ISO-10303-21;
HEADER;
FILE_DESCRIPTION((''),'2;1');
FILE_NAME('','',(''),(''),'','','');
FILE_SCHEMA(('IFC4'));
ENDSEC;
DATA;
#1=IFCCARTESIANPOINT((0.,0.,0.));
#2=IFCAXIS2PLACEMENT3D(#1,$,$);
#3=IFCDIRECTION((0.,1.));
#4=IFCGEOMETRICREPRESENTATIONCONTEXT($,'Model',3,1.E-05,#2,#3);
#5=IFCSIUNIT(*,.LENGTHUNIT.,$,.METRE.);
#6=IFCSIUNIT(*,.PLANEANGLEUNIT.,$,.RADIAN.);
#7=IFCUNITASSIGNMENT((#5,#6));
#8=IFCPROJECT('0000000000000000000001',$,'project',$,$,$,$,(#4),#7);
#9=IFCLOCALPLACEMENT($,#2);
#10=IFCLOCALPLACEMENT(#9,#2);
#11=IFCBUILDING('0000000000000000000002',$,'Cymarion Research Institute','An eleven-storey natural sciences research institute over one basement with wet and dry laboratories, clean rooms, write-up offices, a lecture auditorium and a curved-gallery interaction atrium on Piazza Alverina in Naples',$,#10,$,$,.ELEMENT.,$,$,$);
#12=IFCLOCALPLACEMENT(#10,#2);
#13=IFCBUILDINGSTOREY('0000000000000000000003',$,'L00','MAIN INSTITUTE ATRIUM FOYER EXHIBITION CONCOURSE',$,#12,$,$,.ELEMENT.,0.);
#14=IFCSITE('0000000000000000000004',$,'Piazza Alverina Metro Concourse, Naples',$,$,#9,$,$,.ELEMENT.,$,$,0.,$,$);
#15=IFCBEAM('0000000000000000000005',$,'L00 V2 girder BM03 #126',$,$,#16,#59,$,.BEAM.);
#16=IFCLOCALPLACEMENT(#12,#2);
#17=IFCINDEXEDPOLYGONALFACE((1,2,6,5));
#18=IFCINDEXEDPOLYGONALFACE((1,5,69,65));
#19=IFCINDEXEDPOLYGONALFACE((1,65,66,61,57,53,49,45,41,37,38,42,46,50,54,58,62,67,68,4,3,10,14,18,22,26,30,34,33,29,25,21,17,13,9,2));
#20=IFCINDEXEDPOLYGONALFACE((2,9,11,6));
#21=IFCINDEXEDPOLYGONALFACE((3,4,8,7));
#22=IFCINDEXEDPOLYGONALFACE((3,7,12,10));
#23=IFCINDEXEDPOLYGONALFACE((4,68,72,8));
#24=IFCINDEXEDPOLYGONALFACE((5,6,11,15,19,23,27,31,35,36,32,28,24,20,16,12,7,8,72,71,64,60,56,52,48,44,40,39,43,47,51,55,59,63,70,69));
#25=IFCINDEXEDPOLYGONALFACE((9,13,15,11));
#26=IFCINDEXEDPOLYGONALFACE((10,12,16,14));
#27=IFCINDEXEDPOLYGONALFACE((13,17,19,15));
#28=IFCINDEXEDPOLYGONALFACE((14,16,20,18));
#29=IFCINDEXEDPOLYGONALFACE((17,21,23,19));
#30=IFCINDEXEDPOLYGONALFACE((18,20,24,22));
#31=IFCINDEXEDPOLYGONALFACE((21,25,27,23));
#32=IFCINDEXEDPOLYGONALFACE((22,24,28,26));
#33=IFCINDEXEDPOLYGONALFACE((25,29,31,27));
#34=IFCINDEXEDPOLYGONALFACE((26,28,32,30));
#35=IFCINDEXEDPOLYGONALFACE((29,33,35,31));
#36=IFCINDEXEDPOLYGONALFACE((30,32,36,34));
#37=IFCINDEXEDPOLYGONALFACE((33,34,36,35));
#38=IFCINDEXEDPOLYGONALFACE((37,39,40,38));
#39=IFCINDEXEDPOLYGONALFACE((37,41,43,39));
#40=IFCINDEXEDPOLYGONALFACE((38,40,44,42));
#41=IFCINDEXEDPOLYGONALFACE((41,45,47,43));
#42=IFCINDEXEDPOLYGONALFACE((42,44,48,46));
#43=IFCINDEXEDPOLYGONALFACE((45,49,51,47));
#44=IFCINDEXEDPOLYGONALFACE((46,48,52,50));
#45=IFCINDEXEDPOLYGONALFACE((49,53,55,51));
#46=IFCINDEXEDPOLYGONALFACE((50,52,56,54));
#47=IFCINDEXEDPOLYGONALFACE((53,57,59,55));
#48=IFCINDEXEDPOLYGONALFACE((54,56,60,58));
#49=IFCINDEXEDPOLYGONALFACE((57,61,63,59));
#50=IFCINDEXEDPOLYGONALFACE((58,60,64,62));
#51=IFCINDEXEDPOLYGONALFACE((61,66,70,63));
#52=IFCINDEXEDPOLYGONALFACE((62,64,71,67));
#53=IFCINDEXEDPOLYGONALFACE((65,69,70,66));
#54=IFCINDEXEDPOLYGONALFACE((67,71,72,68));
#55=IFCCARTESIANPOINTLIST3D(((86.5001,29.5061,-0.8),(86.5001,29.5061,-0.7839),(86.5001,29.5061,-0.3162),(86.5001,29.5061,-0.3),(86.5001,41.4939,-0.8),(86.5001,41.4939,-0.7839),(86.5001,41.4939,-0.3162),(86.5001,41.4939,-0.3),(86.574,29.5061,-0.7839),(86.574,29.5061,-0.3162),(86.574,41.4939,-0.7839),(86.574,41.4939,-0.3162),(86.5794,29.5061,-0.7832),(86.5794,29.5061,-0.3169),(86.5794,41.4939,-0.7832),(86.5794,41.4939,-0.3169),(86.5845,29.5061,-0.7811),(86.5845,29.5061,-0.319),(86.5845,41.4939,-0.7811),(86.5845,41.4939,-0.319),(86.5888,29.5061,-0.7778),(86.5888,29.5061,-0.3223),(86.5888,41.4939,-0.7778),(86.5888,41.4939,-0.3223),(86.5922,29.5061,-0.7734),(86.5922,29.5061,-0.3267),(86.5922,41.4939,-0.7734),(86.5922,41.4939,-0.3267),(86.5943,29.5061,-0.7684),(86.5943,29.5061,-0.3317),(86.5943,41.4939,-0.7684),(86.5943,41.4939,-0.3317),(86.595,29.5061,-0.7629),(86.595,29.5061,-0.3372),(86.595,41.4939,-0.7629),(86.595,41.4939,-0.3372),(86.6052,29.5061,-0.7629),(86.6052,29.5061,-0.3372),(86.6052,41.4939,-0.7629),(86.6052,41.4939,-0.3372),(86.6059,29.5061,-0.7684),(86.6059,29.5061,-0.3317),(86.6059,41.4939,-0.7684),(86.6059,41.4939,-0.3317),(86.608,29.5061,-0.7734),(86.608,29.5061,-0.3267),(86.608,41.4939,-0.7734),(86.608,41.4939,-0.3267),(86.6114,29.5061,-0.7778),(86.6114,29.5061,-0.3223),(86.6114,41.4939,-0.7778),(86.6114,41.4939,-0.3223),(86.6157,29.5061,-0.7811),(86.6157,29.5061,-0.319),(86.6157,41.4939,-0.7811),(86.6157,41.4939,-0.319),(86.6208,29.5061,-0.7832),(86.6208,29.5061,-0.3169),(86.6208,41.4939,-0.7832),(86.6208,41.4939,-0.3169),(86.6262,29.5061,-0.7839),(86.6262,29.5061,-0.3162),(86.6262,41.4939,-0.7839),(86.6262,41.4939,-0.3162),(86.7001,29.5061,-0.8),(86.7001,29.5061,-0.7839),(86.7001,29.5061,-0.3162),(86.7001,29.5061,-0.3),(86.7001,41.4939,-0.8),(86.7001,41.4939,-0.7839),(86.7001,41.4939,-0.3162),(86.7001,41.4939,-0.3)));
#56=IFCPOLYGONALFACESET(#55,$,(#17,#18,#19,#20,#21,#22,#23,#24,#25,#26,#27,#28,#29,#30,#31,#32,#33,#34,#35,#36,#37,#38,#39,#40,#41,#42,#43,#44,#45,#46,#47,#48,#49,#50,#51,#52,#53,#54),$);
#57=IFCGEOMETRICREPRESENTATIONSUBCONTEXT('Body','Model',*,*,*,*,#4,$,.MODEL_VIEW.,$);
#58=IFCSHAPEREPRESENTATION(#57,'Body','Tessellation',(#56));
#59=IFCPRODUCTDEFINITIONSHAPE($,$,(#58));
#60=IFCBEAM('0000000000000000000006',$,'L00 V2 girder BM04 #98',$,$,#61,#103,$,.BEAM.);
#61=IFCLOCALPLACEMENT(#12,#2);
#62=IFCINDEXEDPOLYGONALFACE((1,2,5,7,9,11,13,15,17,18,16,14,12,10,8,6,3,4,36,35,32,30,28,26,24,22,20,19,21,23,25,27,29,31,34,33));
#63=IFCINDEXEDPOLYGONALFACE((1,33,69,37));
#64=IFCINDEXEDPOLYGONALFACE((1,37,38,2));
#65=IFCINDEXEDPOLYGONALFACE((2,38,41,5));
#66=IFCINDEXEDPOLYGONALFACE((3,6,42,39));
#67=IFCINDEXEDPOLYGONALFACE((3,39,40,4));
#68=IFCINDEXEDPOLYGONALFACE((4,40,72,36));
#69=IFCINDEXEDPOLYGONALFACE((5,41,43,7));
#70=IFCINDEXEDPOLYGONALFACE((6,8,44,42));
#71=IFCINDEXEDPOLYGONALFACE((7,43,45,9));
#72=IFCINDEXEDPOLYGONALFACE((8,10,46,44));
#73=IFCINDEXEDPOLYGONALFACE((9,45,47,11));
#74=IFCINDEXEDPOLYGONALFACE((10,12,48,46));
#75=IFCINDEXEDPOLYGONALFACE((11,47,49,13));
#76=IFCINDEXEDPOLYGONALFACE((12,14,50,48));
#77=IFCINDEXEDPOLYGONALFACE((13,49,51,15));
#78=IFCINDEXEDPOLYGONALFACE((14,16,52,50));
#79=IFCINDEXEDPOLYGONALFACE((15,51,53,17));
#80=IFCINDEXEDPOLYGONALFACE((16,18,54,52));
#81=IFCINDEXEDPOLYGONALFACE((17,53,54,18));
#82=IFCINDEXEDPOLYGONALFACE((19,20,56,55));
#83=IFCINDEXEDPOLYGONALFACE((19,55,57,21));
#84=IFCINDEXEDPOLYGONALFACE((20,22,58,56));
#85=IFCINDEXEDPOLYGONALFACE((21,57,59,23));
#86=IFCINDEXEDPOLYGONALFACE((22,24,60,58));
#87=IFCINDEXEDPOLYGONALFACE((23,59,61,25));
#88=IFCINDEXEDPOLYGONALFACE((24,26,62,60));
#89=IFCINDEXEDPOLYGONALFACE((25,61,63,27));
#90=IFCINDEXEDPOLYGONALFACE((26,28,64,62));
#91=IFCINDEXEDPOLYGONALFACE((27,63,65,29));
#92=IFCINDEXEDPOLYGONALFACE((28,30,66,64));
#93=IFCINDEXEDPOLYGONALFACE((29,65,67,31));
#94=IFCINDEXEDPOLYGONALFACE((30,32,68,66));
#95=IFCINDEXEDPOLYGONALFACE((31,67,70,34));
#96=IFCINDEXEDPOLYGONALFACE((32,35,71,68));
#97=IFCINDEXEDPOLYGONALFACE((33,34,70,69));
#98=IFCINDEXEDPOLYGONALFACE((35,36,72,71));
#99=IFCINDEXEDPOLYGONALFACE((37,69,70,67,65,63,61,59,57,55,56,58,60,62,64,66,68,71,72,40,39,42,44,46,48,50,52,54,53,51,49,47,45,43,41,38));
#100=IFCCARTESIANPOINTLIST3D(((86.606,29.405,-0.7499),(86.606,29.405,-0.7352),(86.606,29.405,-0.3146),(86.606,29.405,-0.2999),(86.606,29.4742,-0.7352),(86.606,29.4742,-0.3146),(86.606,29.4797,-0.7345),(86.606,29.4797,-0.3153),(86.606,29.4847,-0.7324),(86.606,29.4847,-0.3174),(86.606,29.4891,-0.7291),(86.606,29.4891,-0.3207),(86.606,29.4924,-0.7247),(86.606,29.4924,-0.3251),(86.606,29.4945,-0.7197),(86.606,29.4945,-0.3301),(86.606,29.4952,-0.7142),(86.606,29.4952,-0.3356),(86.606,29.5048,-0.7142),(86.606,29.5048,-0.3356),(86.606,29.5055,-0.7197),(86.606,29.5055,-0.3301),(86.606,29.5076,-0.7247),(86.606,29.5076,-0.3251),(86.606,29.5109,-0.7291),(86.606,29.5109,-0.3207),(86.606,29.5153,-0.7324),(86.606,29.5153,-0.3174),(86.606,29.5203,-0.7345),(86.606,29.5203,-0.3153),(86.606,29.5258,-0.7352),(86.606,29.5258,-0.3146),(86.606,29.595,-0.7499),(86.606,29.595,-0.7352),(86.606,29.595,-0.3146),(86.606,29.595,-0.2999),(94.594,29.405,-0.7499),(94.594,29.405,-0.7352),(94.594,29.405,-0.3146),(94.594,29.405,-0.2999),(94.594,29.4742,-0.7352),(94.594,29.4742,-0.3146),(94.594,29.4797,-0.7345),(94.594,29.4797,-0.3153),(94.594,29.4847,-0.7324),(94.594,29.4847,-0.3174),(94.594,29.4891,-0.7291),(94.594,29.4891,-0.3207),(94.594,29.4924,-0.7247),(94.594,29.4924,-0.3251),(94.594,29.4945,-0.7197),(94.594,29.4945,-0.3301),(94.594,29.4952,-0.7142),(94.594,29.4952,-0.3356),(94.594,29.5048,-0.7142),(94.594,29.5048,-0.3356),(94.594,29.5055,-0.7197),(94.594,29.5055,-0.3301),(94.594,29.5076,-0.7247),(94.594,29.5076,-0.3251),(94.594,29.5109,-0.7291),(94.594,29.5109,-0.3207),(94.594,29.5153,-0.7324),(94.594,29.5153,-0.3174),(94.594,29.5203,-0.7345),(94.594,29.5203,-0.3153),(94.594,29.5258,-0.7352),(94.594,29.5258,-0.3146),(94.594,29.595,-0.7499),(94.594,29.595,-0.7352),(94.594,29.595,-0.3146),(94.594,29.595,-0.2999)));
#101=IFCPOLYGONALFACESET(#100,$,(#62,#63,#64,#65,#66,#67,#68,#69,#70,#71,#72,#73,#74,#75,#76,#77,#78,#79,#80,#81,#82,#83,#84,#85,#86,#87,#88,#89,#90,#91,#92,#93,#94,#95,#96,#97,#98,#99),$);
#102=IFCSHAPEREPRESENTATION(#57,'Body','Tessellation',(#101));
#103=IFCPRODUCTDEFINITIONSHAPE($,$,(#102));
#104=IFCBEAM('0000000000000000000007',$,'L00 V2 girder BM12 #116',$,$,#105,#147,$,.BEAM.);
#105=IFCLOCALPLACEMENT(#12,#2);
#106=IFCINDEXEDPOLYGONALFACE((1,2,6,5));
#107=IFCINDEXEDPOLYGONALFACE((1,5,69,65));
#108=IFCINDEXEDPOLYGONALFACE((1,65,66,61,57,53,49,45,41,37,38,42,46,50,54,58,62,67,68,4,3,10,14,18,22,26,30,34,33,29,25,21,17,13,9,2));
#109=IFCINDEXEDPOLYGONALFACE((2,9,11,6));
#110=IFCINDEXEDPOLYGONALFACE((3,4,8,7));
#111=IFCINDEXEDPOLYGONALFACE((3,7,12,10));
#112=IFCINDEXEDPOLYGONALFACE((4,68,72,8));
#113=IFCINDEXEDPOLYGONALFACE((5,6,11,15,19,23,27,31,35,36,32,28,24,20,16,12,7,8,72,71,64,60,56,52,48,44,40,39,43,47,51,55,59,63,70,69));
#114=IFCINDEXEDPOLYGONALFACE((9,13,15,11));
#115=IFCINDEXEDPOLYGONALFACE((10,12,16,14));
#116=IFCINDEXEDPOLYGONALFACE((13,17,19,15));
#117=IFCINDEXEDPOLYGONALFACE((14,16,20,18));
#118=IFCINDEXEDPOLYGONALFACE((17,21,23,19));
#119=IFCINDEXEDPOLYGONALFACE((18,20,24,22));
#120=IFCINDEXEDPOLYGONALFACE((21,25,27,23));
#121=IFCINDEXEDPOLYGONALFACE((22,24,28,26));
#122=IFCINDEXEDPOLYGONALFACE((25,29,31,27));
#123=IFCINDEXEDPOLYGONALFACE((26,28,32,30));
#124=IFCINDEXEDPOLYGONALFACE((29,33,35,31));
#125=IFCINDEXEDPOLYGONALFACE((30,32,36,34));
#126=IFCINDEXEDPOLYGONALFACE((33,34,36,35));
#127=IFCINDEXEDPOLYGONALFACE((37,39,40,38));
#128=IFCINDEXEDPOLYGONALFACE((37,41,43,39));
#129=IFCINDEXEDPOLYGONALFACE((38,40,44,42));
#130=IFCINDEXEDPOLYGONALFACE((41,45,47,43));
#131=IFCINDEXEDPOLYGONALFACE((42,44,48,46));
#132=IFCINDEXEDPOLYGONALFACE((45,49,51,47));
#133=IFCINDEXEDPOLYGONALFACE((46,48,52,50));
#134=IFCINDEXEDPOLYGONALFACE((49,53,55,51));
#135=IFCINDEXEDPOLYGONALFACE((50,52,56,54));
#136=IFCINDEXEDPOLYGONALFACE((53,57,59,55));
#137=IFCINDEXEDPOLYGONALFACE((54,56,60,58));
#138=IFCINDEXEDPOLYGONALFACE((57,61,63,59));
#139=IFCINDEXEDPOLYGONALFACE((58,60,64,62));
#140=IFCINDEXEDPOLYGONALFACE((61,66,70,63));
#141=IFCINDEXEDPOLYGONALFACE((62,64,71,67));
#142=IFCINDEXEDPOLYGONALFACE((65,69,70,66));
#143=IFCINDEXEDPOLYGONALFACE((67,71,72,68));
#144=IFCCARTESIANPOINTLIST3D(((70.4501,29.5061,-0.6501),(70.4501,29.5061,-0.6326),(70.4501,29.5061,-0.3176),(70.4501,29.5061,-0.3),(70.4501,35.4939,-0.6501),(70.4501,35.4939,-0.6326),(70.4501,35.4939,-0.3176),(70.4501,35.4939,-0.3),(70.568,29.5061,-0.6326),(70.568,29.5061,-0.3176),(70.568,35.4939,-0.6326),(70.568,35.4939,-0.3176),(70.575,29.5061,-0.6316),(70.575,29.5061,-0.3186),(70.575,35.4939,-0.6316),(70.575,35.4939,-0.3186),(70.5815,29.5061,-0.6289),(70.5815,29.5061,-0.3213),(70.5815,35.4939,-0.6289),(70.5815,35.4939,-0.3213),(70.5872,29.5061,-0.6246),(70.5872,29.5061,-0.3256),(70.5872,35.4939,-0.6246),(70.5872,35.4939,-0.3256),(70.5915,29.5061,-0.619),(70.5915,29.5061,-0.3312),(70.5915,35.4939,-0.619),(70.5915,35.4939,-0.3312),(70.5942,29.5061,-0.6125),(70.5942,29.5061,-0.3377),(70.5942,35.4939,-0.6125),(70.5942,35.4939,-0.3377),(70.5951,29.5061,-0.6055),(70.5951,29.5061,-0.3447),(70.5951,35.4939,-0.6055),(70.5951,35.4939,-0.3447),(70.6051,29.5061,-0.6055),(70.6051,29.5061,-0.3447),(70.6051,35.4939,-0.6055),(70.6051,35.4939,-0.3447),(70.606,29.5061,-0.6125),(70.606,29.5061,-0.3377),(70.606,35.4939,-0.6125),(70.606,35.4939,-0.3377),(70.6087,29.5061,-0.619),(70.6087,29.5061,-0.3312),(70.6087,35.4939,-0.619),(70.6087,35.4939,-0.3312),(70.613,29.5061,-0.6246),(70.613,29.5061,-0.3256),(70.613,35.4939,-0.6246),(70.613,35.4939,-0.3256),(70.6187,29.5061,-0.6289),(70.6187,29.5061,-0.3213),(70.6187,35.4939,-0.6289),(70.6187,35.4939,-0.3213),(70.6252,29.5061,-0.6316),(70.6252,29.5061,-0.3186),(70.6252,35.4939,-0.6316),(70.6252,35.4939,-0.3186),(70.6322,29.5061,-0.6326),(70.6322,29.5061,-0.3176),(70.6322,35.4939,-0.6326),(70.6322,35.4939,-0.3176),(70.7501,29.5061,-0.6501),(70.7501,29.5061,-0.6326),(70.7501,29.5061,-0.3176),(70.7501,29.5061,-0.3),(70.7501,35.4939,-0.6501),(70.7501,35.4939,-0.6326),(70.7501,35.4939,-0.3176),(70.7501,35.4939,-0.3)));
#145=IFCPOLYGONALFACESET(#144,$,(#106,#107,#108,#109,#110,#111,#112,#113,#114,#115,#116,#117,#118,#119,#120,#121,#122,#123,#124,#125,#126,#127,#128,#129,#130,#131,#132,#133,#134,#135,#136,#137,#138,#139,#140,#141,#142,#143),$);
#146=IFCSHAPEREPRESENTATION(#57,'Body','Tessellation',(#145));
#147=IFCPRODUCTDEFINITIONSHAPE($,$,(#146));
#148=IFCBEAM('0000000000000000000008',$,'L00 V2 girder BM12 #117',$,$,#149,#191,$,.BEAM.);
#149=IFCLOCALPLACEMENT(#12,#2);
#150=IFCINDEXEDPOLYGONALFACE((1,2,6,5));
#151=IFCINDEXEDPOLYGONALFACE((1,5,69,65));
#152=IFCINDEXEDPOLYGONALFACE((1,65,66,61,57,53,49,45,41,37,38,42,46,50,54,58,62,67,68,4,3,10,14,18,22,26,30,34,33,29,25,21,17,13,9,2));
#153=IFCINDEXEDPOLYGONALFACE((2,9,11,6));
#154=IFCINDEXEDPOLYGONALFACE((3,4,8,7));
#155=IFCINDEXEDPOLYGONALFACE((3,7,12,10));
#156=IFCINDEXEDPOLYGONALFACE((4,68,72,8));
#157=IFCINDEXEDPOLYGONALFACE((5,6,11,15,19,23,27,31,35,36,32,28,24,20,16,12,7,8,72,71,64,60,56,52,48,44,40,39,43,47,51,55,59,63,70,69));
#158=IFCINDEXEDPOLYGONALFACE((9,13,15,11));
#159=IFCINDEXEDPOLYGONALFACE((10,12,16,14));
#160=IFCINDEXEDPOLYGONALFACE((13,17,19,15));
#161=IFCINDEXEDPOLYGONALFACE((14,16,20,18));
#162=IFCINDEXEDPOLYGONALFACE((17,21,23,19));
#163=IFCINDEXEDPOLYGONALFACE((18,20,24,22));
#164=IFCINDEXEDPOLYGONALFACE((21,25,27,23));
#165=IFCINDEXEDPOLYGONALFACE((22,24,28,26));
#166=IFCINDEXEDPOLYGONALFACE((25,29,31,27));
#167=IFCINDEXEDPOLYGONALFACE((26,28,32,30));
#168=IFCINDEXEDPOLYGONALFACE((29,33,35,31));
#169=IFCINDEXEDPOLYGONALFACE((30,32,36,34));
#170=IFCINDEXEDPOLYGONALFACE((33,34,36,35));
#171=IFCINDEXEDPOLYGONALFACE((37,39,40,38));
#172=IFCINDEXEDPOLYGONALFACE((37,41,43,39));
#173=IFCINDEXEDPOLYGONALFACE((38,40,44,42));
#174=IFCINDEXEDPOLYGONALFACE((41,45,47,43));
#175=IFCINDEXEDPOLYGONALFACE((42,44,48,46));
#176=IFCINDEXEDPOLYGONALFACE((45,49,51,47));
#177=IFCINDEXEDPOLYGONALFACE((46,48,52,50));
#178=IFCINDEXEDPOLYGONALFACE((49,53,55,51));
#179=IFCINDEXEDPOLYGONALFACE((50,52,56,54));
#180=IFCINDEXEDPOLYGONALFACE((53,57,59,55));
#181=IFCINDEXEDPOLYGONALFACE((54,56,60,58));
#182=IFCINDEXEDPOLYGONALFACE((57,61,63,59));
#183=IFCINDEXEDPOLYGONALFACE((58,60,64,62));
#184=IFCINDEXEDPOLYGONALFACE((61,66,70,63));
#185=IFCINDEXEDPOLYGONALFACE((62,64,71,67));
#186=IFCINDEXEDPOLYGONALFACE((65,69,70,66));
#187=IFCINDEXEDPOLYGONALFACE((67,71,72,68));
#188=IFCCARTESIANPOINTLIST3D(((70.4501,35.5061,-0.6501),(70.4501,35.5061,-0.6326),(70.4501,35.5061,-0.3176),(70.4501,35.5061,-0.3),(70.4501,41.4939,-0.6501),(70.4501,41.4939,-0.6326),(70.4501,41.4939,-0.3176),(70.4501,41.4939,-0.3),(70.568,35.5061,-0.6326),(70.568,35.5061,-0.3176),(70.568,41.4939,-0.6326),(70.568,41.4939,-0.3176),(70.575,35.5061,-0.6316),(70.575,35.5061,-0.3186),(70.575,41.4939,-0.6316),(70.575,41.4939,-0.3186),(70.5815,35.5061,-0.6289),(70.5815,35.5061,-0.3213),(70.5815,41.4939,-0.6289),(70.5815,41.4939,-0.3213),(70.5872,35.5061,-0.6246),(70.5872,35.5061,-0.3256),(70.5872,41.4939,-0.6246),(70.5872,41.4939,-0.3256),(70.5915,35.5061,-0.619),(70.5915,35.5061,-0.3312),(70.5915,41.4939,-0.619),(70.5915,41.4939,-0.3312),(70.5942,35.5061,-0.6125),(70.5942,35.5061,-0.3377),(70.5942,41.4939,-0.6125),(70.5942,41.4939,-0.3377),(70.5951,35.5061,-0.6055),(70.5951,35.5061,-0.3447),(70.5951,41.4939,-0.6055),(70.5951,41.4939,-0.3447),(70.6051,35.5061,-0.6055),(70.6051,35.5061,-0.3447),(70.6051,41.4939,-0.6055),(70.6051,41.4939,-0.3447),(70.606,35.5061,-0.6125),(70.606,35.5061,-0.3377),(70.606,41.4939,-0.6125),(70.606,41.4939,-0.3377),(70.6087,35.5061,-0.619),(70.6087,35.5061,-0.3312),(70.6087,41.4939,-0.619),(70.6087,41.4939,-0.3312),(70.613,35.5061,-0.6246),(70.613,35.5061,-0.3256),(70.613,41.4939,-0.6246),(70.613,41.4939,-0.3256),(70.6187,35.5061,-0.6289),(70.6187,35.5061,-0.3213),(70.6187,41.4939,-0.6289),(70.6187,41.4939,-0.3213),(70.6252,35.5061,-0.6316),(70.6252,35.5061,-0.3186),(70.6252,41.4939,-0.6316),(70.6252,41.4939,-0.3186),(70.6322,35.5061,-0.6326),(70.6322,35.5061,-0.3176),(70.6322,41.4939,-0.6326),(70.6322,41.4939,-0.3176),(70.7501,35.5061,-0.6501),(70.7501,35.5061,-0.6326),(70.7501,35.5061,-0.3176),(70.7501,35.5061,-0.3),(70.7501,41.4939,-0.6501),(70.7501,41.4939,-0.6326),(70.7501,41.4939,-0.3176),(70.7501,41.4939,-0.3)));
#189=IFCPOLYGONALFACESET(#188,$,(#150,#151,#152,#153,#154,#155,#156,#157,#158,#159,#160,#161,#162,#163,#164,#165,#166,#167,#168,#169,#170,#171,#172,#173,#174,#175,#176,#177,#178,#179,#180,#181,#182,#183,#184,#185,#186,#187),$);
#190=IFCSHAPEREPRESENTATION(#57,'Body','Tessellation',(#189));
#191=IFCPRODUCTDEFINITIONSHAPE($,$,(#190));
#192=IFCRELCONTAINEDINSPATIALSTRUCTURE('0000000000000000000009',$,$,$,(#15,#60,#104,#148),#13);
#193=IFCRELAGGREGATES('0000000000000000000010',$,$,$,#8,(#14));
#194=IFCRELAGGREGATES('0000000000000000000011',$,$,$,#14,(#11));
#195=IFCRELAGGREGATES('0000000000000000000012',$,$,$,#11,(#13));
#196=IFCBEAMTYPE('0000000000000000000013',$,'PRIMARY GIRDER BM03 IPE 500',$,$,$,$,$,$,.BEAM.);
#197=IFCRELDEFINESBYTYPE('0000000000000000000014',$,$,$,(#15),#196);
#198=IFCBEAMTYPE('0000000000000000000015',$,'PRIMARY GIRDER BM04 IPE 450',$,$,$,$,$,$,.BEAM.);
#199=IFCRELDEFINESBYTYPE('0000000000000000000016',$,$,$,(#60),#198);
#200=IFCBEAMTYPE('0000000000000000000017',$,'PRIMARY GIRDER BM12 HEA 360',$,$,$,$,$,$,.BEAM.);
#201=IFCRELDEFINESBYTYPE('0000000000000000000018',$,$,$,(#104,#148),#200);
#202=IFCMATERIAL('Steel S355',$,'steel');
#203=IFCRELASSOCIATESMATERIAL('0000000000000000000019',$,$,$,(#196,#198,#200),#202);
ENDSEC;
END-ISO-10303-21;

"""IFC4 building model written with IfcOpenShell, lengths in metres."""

from ifc_helpers import new_model, si_unit, direction, frame, origin, origin_2d, place, context, subcontext, project, spatial, i_section, extrude, material, material_profile, profile_set, type_object, element, save


model = new_model("IFC4")

# Units and contexts
model_context = context("Model", 3, precision=1e-05, world=origin(), true_north=direction((0.0, 1.0)))
body_context = subcontext(model_context, "Body", "Model", "MODEL_VIEW")
ifc_project = project(units=[si_unit("LENGTHUNIT", "METRE"), si_unit("PLANEANGLEUNIT", "RADIAN")], contexts=[model_context])

# Site, building, storey
site_placement = place(None, origin())
site = spatial("IfcSite", under=ifc_project, at=site_placement, Name="Piazza Alverina Metro Concourse, Naples", CompositionType="ELEMENT", RefElevation=0.0)
building_placement = place(site_placement, origin())
building = spatial("IfcBuilding", under=site, at=building_placement, Name="Cymarion Research Institute", Description="An eleven-storey natural sciences research institute over one basement with wet and dry laboratories, clean rooms, write-up offices, a lecture auditorium and a curved-gallery interaction atrium on Piazza Alverina in Naples", CompositionType="ELEMENT")
storey_placement = place(building_placement, origin())
storey = spatial("IfcBuildingStorey", under=building, at=storey_placement, Name="L00", Description="MAIN INSTITUTE ATRIUM FOYER EXHIBITION CONCOURSE", CompositionType="ELEMENT", Elevation=0.0)

# Shared definitions
ifc_material_1 = material(Name="Steel S355", Category="steel")

# Beams
ifc_material_profile_1 = material_profile(ifc_material_1, i_section(OverallWidth=0.2, OverallDepth=0.5, WebThickness=0.0103, FlangeThickness=0.0161, FilletRadius=0.021, at=origin_2d()), Name="IPE 500")
ifc_profile_set_1 = profile_set([ifc_material_profile_1], Name="Steel S355")
beam_type_1 = type_object("IfcBeamType", Name="PRIMARY GIRDER BM03 IPE 500", PredefinedType="BEAM", material=ifc_profile_set_1)
beam_1_placement = place(storey_placement, frame((86.6001, 29.5061, -0.55), z_axis=(0.0, 1.0, 0.0), x_axis=(-1.0, 0.0, 0.0)))
element("IfcBeam", 1, at=beam_1_placement, inside=storey, type_object=beam_type_1, Name="L00 V2 girder BM03 #126", PredefinedType="BEAM", context=body_context, shape_type="SweptSolid", body=[
    extrude(i_section(OverallWidth=0.2, OverallDepth=0.5, WebThickness=0.0103, FlangeThickness=0.0161, FilletRadius=0.021, at=origin_2d()), origin(), (0.0, 0.0, 1.0), 11.9878),
])
ifc_material_profile_2 = material_profile(ifc_material_1, i_section(OverallWidth=0.1899, OverallDepth=0.45, WebThickness=0.0095, FlangeThickness=0.0146, FilletRadius=0.021, at=origin_2d()), Name="IPE 450")
ifc_profile_set_2 = profile_set([ifc_material_profile_2], Name="Steel S355")
beam_type_2 = type_object("IfcBeamType", Name="PRIMARY GIRDER BM04 IPE 450", PredefinedType="BEAM", material=ifc_profile_set_2)
beam_2_placement = place(storey_placement, frame((86.606, 29.5, -0.5249), z_axis=(1.0, 0.0, 0.0), x_axis=(0.0, 1.0, 0.0)))
element("IfcBeam", 2, at=beam_2_placement, inside=storey, type_object=beam_type_2, Name="L00 V2 girder BM04 #98", PredefinedType="BEAM", context=body_context, shape_type="SweptSolid", body=[
    extrude(i_section(OverallWidth=0.1899, OverallDepth=0.45, WebThickness=0.0095, FlangeThickness=0.0146, FilletRadius=0.021, at=origin_2d()), origin(), (0.0, 0.0, 1.0), 7.988),
])
ifc_material_profile_3 = material_profile(ifc_material_1, i_section(OverallWidth=0.3, OverallDepth=0.3501, WebThickness=0.01, FlangeThickness=0.0176, FilletRadius=0.0271, at=origin_2d()), Name="HEA 360")
ifc_profile_set_3 = profile_set([ifc_material_profile_3], Name="Steel S355")
beam_type_3 = type_object("IfcBeamType", Name="PRIMARY GIRDER BM12 HEA 360", PredefinedType="BEAM", material=ifc_profile_set_3)
for number, where, z_axis, x_axis, name in (
    (3, (70.6001, 29.5061, -0.4751), (0.0, 1.0, 0.0), (-1.0, 0.0, 0.0), "L00 V2 girder BM12 #116"),
    (4, (70.6001, 35.5061, -0.4751), (0.0, 1.0, 0.0), (-1.0, 0.0, 0.0), "L00 V2 girder BM12 #117"),
):
    element("IfcBeam", number, at=place(storey_placement, frame(where, z_axis=z_axis, x_axis=x_axis)), inside=storey, type_object=beam_type_3, Name=name, PredefinedType="BEAM", context=body_context, shape_type="SweptSolid", body=[
        extrude(i_section(OverallWidth=0.3, OverallDepth=0.3501, WebThickness=0.01, FlangeThickness=0.0176, FilletRadius=0.0271, at=origin_2d()), origin(), (0.0, 0.0, 1.0), 5.9878),
    ])

save(model, "model.ifc")
